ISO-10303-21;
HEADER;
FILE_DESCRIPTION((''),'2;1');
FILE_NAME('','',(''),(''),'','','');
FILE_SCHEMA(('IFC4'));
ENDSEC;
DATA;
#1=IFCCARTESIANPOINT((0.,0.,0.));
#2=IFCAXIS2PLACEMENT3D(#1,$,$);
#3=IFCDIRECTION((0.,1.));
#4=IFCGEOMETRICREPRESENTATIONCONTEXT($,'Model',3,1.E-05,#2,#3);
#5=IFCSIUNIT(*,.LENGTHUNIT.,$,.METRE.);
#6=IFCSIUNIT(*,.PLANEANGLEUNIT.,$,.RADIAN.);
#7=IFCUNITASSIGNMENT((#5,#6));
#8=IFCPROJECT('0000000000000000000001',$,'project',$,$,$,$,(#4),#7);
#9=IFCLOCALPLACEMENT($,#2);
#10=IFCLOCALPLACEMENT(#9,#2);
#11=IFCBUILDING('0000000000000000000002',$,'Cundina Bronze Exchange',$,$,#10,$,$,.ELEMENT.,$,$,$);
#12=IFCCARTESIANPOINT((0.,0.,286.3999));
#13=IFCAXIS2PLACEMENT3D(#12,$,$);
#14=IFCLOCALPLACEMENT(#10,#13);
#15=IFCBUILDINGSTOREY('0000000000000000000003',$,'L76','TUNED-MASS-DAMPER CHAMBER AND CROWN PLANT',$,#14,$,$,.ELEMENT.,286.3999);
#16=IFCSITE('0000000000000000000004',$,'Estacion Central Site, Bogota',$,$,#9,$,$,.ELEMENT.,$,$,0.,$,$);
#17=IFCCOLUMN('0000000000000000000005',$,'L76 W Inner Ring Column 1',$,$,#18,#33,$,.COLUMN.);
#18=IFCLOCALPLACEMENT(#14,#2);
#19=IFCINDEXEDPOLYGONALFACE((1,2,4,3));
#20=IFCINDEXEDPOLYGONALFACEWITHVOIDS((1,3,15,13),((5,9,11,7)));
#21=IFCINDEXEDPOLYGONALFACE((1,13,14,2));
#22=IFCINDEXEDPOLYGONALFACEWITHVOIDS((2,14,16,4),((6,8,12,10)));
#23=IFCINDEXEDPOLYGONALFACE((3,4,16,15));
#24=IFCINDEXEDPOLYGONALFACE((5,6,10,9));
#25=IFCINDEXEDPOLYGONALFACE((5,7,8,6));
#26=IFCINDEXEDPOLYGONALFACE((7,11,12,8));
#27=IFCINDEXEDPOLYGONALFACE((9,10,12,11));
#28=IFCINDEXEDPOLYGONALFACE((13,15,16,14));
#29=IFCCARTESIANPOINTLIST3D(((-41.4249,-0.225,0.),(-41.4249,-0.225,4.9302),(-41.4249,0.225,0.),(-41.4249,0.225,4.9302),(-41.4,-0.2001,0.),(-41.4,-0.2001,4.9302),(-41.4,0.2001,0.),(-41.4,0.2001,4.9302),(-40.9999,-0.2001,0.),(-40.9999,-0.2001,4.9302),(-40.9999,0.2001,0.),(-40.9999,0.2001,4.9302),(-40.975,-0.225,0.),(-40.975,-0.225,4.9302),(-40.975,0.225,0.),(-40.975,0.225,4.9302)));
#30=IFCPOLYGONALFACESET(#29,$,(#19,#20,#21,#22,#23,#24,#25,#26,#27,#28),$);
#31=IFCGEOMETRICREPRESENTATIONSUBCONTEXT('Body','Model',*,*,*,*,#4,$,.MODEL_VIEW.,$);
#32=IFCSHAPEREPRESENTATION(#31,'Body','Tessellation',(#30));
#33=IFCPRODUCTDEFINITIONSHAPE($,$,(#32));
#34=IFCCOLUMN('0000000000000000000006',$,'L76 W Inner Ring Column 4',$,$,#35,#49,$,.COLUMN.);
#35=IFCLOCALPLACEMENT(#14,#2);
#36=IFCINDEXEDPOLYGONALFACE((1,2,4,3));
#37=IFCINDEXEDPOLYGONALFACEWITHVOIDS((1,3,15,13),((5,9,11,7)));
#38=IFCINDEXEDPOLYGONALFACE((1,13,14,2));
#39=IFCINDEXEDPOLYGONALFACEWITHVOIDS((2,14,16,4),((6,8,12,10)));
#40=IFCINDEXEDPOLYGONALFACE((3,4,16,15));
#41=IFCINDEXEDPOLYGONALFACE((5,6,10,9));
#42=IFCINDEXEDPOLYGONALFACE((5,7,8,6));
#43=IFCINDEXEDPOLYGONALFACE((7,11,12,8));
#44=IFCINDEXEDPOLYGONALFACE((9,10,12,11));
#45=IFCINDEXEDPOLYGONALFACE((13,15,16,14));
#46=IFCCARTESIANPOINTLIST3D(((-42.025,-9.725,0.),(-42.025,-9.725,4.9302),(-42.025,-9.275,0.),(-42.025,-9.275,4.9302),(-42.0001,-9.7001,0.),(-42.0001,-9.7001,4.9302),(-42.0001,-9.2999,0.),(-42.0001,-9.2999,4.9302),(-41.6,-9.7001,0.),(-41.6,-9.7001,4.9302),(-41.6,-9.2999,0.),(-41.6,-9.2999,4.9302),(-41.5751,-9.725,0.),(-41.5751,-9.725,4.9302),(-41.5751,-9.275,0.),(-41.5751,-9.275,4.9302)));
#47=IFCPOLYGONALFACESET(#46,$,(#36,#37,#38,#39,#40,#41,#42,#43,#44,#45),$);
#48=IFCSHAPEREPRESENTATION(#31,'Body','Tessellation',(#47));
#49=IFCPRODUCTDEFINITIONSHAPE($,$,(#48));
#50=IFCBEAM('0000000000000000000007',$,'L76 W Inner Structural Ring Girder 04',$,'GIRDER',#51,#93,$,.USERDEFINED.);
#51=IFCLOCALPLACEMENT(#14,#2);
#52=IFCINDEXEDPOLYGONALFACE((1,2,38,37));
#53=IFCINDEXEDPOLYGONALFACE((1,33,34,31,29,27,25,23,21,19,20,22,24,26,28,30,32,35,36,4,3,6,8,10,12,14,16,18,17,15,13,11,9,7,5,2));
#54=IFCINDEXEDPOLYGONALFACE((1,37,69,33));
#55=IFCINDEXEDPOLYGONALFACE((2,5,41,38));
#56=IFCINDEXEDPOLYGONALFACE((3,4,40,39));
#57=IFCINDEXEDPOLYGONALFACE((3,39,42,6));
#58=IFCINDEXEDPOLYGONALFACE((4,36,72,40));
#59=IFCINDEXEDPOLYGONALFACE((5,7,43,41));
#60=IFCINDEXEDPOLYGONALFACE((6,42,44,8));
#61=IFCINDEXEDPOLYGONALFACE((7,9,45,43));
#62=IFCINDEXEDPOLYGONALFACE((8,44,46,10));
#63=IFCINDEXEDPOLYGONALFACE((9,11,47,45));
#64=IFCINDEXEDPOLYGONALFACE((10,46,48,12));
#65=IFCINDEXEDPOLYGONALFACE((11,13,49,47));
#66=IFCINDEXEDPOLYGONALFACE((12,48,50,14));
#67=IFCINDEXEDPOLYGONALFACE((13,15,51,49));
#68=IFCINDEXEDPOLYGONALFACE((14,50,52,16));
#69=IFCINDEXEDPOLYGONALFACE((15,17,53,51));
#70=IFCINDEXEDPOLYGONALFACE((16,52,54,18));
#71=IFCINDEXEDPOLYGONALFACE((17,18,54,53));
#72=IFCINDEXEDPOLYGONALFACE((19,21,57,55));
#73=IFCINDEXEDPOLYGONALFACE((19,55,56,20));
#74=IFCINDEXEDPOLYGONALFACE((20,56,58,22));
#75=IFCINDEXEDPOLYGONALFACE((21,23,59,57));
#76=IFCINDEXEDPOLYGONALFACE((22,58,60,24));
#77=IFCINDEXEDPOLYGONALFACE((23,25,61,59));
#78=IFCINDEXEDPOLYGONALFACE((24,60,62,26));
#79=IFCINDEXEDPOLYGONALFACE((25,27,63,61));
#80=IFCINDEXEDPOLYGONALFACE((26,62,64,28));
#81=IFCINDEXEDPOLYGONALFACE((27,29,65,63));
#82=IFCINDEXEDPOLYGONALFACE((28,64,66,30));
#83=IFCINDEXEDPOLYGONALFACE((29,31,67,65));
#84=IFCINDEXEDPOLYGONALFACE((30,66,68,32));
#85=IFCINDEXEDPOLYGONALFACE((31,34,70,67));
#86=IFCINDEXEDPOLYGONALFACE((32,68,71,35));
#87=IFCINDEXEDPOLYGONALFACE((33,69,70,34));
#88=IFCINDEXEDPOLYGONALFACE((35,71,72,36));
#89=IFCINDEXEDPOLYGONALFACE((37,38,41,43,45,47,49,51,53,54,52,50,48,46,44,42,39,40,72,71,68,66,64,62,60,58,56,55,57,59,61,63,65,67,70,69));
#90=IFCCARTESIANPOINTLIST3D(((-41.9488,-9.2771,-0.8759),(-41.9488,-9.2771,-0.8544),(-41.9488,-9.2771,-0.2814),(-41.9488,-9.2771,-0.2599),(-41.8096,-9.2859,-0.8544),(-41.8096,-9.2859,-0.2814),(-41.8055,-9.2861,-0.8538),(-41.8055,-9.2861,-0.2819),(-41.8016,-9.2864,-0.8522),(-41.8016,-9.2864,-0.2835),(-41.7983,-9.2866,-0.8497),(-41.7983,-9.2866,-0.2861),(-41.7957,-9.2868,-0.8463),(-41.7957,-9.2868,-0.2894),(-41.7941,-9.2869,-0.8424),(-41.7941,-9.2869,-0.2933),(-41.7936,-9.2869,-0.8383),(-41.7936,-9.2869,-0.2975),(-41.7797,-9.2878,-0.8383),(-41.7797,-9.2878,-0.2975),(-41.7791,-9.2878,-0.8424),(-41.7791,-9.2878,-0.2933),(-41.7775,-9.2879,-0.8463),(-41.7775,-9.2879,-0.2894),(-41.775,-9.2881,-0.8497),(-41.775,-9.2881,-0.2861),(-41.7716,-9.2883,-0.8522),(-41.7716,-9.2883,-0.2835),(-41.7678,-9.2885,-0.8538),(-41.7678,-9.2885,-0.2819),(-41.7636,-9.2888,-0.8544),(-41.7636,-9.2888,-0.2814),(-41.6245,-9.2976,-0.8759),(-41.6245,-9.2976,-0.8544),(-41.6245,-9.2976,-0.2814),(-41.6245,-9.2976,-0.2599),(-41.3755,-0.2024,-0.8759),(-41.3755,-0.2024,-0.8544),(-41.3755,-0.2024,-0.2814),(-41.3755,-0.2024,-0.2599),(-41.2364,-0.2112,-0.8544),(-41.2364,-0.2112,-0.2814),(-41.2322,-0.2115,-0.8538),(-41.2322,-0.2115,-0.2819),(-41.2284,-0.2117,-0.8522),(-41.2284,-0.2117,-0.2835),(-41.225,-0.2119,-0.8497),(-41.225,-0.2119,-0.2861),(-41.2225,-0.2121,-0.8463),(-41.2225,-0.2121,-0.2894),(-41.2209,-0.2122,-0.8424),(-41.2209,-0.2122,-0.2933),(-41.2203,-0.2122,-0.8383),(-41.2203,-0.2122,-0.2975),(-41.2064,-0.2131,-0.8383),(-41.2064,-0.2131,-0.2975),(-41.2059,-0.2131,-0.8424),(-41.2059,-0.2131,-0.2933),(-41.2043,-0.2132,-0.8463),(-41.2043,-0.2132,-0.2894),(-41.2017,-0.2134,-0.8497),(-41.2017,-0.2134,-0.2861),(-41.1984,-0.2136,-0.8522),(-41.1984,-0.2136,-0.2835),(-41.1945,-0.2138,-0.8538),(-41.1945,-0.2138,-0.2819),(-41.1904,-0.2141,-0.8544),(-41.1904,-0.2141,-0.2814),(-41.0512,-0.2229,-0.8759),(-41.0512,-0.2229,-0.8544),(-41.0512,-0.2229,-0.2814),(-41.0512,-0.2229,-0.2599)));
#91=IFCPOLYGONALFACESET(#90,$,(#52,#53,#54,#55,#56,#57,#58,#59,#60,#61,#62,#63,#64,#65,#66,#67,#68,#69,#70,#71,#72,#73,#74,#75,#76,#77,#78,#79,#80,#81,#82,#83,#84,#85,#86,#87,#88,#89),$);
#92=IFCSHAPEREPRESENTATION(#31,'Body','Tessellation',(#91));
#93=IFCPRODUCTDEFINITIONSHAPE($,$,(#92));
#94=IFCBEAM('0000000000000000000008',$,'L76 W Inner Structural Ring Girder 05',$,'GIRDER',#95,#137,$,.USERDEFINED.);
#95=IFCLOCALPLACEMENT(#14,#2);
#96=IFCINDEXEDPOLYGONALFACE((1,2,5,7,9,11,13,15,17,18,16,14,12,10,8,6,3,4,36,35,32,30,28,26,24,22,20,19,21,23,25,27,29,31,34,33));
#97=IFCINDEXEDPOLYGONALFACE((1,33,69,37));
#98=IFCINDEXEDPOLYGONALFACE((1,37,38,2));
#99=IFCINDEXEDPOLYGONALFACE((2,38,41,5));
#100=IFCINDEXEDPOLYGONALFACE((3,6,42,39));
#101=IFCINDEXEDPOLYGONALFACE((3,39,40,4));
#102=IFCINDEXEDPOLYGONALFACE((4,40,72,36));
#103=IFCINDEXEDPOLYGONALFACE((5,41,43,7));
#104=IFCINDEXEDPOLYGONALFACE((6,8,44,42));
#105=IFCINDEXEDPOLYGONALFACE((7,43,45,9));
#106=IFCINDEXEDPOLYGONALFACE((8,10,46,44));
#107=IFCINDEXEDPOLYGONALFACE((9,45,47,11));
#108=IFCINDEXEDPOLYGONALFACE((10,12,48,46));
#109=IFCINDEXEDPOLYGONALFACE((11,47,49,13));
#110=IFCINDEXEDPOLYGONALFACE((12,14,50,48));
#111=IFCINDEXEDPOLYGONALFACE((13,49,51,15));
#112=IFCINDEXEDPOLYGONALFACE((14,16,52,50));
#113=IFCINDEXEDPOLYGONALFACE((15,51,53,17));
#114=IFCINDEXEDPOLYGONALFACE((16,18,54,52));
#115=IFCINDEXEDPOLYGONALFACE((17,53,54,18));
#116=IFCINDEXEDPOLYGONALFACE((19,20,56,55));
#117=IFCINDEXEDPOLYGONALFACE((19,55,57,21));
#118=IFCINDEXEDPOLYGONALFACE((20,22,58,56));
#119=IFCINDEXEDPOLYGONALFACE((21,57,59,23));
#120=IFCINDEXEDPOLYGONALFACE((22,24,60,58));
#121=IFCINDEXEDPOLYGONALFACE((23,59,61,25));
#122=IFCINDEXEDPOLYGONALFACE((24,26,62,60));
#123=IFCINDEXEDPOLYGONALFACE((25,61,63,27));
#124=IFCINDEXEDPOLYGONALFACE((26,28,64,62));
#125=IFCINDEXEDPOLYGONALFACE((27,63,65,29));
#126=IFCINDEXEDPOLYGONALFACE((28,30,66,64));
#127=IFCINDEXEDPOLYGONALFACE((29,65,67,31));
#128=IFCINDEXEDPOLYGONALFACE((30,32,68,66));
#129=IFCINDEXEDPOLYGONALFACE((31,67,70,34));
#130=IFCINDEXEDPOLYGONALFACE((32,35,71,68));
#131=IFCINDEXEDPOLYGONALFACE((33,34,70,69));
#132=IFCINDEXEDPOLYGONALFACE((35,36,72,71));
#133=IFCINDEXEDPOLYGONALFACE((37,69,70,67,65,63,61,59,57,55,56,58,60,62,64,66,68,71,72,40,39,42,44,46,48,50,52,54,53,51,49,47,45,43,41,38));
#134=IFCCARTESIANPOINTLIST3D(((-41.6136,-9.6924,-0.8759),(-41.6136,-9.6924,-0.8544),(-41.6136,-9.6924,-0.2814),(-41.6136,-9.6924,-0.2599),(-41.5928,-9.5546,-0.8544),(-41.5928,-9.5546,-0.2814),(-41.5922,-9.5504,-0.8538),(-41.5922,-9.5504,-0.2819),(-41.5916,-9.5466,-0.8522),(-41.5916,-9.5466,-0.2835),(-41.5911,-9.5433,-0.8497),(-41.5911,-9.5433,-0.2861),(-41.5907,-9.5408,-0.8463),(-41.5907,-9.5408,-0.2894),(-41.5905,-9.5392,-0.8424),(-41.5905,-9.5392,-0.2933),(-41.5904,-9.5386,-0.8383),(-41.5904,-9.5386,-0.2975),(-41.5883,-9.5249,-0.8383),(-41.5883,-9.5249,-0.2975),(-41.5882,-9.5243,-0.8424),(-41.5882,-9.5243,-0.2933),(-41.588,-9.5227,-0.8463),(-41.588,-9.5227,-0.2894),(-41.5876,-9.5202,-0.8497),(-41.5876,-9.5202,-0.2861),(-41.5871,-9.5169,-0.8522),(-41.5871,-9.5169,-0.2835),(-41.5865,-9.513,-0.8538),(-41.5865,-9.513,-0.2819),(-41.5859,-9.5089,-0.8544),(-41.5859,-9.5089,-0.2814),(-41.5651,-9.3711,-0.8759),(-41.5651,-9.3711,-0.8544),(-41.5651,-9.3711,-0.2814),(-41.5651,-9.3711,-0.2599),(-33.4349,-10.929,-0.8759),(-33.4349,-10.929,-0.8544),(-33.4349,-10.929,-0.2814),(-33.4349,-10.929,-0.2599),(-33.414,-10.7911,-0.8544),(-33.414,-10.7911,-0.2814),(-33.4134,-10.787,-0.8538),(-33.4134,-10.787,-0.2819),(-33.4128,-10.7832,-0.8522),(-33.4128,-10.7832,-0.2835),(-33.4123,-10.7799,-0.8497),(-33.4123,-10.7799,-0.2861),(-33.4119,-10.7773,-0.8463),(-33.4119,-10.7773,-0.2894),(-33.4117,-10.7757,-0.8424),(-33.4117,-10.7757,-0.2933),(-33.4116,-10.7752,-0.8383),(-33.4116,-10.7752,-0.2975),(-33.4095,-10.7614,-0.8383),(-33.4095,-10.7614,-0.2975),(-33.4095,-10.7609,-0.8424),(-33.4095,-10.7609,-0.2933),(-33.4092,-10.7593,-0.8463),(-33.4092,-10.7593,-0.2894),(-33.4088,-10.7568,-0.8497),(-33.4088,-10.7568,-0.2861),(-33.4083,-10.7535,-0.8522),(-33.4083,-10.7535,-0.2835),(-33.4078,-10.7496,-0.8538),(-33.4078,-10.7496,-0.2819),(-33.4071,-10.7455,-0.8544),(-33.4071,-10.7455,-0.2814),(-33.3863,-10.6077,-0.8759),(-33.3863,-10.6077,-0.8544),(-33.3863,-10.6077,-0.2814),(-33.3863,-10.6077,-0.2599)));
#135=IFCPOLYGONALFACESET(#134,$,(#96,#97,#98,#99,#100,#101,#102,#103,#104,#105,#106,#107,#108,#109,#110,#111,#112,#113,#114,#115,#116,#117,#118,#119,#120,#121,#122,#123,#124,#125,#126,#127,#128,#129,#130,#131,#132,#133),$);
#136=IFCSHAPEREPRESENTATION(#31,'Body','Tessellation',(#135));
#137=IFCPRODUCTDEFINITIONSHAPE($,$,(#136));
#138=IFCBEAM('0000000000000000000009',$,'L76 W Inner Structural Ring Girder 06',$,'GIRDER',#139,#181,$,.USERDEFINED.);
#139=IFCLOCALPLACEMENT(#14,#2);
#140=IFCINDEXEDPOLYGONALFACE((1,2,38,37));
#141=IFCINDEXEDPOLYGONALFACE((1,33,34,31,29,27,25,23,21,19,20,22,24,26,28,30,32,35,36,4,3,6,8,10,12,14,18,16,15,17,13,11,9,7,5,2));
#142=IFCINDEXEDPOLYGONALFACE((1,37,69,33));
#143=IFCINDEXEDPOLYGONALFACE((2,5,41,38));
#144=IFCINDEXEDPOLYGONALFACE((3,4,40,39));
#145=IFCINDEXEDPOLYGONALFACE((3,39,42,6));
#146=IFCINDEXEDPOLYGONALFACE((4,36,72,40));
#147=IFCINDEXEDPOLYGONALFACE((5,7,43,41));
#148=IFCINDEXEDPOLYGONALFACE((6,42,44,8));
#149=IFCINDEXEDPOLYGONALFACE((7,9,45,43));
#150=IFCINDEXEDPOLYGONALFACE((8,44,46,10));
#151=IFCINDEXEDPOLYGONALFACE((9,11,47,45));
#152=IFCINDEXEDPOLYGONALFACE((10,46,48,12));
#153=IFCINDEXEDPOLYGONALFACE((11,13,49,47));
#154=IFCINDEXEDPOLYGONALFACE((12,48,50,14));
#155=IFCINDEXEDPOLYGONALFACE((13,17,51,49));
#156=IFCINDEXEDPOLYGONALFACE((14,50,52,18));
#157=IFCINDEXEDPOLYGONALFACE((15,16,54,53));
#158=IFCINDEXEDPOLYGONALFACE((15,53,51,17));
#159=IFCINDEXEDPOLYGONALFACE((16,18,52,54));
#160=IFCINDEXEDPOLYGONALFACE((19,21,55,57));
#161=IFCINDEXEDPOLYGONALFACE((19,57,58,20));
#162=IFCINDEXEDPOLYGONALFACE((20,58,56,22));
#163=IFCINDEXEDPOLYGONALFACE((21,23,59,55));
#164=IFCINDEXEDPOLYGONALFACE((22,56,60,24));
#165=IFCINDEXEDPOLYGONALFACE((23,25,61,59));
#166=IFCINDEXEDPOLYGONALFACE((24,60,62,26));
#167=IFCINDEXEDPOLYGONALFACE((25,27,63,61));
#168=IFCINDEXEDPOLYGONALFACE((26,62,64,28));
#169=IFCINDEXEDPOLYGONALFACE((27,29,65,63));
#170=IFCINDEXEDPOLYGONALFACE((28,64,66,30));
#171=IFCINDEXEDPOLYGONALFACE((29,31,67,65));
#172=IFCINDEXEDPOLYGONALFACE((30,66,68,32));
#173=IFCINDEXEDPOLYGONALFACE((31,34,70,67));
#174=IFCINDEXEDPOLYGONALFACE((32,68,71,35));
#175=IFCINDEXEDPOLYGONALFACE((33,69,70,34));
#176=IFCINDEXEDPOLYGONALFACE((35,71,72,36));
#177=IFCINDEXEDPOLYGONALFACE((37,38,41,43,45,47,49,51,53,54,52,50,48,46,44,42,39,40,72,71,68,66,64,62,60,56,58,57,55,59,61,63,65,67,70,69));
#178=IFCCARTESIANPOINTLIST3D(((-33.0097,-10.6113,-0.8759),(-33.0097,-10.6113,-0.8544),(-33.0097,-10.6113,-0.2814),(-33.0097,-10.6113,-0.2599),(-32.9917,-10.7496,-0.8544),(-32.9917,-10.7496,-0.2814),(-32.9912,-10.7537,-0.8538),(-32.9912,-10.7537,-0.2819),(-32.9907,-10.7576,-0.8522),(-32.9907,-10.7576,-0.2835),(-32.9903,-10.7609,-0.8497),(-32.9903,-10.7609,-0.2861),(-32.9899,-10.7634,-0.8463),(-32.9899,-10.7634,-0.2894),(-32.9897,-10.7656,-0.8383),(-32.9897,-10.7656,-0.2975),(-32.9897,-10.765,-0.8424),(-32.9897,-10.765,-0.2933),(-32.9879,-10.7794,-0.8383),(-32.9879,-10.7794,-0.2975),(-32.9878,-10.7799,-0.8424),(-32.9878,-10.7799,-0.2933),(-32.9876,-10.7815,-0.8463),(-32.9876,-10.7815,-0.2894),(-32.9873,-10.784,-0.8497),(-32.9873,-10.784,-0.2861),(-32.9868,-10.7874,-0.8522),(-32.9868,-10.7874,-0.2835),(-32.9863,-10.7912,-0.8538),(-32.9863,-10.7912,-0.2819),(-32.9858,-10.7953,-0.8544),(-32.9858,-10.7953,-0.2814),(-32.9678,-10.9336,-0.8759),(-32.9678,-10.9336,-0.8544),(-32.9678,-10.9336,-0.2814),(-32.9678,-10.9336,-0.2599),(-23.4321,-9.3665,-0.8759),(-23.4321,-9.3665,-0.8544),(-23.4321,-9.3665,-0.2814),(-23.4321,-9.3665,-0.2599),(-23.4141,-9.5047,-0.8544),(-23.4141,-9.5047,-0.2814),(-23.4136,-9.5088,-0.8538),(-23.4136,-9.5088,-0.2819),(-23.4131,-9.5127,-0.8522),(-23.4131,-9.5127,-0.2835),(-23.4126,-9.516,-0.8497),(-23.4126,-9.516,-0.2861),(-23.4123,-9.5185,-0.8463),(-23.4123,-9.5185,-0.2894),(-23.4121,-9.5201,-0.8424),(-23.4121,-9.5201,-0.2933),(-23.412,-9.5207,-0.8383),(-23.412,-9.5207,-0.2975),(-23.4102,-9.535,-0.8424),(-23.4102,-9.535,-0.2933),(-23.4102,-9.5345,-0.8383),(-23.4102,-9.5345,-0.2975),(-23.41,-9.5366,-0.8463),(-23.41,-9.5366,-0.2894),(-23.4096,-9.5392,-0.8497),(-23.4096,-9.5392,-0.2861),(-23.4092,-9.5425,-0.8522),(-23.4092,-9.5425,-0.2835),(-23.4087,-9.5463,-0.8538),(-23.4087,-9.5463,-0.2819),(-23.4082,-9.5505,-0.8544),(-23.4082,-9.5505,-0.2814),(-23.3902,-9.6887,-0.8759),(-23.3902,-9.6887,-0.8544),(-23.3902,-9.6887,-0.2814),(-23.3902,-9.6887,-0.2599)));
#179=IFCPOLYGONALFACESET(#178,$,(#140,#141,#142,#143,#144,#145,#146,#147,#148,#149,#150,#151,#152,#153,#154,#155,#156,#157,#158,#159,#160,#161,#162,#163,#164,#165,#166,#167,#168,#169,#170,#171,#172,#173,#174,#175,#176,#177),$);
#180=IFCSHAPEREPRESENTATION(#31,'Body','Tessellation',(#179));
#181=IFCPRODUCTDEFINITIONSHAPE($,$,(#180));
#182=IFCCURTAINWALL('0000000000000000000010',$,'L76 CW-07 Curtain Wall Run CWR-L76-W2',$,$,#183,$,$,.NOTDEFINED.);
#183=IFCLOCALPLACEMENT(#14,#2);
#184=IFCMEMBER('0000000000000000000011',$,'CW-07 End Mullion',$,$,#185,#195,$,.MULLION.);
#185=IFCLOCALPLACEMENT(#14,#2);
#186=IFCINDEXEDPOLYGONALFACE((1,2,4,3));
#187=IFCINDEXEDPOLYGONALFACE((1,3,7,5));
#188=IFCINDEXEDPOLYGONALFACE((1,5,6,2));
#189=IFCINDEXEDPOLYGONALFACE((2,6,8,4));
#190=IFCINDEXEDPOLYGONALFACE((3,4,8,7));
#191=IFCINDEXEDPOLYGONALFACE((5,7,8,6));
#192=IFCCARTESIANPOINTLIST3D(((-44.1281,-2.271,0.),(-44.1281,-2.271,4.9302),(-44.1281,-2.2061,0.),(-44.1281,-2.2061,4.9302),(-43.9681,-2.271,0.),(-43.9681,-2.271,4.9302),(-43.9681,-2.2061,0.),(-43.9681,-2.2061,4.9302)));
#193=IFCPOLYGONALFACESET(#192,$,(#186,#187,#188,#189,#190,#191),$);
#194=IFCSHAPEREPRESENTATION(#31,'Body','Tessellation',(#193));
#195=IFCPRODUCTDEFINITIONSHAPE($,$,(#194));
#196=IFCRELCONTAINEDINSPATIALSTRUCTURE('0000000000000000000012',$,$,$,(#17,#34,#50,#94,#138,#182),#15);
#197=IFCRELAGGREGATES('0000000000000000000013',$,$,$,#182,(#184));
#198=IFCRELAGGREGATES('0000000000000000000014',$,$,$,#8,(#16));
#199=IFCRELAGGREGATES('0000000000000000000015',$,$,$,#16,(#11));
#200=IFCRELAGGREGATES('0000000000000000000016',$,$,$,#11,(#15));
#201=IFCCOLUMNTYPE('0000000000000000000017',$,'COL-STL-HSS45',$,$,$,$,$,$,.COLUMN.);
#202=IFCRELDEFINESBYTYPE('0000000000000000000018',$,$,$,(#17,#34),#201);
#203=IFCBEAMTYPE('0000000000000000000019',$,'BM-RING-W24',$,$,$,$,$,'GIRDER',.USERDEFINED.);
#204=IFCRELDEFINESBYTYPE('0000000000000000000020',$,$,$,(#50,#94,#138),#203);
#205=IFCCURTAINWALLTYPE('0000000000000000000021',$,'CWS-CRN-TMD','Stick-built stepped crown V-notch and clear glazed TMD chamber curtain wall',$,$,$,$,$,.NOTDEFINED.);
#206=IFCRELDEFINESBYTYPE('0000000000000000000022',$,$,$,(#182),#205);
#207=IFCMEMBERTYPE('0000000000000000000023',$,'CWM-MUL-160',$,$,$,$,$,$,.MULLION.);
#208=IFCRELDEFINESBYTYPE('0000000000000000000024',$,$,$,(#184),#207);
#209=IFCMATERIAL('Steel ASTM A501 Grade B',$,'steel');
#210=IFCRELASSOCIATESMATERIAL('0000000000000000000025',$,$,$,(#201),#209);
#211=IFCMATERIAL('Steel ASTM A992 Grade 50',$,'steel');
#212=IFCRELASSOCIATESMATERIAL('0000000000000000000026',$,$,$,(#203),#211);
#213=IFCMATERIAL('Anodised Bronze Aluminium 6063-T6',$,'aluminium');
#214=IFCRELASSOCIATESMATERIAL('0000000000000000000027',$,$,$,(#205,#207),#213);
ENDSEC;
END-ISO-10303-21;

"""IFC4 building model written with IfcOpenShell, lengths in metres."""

from ifc_helpers import new_model, si_unit, direction, frame, origin, origin_2d, place, context, subcontext, project, spatial, rectangle, hollow_rectangle, i_section, extrude, material, material_profile, profile_set, type_object, element, aggregate, save


model = new_model("IFC4")

# Units and contexts
model_context = context("Model", 3, precision=1e-05, world=origin(), true_north=direction((0.0, 1.0)))
body_context = subcontext(model_context, "Body", "Model", "MODEL_VIEW")
ifc_project = project(units=[si_unit("LENGTHUNIT", "METRE"), si_unit("PLANEANGLEUNIT", "RADIAN")], contexts=[model_context])

# Site, building, storey
site_placement = place(None, origin())
site = spatial("IfcSite", under=ifc_project, at=site_placement, Name="Estacion Central Site, Bogota", CompositionType="ELEMENT", RefElevation=0.0)
building_placement = place(site_placement, origin())
building = spatial("IfcBuilding", under=site, at=building_placement, Name="Cundina Bronze Exchange", CompositionType="ELEMENT")
storey_placement = place(building_placement, frame((0.0, 0.0, 286.3999)))
storey = spatial("IfcBuildingStorey", under=building, at=storey_placement, Name="L76", Description="TUNED-MASS-DAMPER CHAMBER AND CROWN PLANT", CompositionType="ELEMENT", Elevation=286.3999)

# Columns
ifc_material_1 = material(Name="Steel ASTM A501 Grade B", Category="steel")
ifc_material_profile_1 = material_profile(ifc_material_1, hollow_rectangle(XDim=0.45, YDim=0.45, WallThickness=0.0249, at=origin_2d()), Name="HSS450X450X25", Category="steel")
ifc_profile_set_1 = profile_set([ifc_material_profile_1], Name="Steel ASTM A501 Grade B")
column_type = type_object("IfcColumnType", Name="COL-STL-HSS45", PredefinedType="COLUMN", material=ifc_profile_set_1)
for number, where, z_axis, x_axis, name in (
    (1, (-41.2, 0.0, 0.0), (0.0, 0.0, 1.0), (1.0, 0.0, 0.0), "L76 W Inner Ring Column 1"),
    (2, (-41.8, -9.5, 0.0), (0.0, 0.0, 1.0), (1.0, 0.0, 0.0), "L76 W Inner Ring Column 4"),
):
    element("IfcColumn", number, at=place(storey_placement, frame(where, z_axis=z_axis, x_axis=x_axis)), inside=storey, type_object=column_type, Name=name, PredefinedType="COLUMN", context=body_context, shape_type="SweptSolid", body=[
        extrude(hollow_rectangle(XDim=0.45, YDim=0.45, WallThickness=0.0249, at=origin_2d()), origin(), (0.0, 0.0, 1.0), 4.9302),
    ])

# Beams
ifc_material_2 = material(Name="Steel ASTM A992 Grade 50", Category="steel")
ifc_material_profile_2 = material_profile(ifc_material_2, i_section(OverallWidth=0.325, OverallDepth=0.616, WebThickness=0.0139, FlangeThickness=0.0215, FilletRadius=0.0161, at=origin_2d()), Name="W24X117", Category="steel")
ifc_profile_set_2 = profile_set([ifc_material_profile_2], Name="Steel ASTM A992 Grade 50")
beam_type = type_object("IfcBeamType", Name="BM-RING-W24", ElementType="GIRDER", PredefinedType="USERDEFINED", material=ifc_profile_set_2)
beam_1_placement = place(storey_placement, frame((-41.2134, -0.2126, -0.5679), z_axis=(-0.063044, -0.998011, 0.0), x_axis=(0.998011, -0.063044, 0.0)))
element("IfcBeam", 3, at=beam_1_placement, inside=storey, type_object=beam_type, Name="L76 W Inner Structural Ring Girder 04", ObjectType="GIRDER", PredefinedType="USERDEFINED", context=body_context, shape_type="SweptSolid", body=[
    extrude(i_section(OverallWidth=0.325, OverallDepth=0.616, WebThickness=0.0139, FlangeThickness=0.0215, FilletRadius=0.0161, at=origin_2d()), origin(), (0.0, 0.0, 1.0), 9.0928),
])
beam_2_placement = place(storey_placement, frame((-41.5894, -9.5317, -0.5679), z_axis=(0.988762, -0.149495, 0.0), x_axis=(0.149495, 0.988762, 0.0)))
element("IfcBeam", 4, at=beam_2_placement, inside=storey, type_object=beam_type, Name="L76 W Inner Structural Ring Girder 05", ObjectType="GIRDER", PredefinedType="USERDEFINED", context=body_context, shape_type="SweptSolid", body=[
    extrude(i_section(OverallWidth=0.325, OverallDepth=0.616, WebThickness=0.0139, FlangeThickness=0.0215, FilletRadius=0.0161, at=origin_2d()), origin(), (0.0, 0.0, 1.0), 8.2717),
])
beam_3_placement = place(storey_placement, frame((-32.9888, -10.7725, -0.5679), z_axis=(0.991659, 0.128893, 0.0), x_axis=(-0.128893, 0.991659, 0.0)))
element("IfcBeam", 5, at=beam_3_placement, inside=storey, type_object=beam_type, Name="L76 W Inner Structural Ring Girder 06", ObjectType="GIRDER", PredefinedType="USERDEFINED", context=body_context, shape_type="SweptSolid", body=[
    extrude(i_section(OverallWidth=0.325, OverallDepth=0.616, WebThickness=0.0139, FlangeThickness=0.0215, FilletRadius=0.0161, at=origin_2d()), origin(), (0.0, 0.0, 1.0), 9.6582),
])

# Curtain wall, member
ifc_material_3 = material(Name="Anodised Bronze Aluminium 6063-T6", Category="aluminium")
curtain_wall_type = type_object("IfcCurtainWallType", Name="CWS-CRN-TMD", Description="Stick-built stepped crown V-notch and clear glazed TMD chamber curtain wall", PredefinedType="NOTDEFINED", material=ifc_material_3)
curtain_wall_1_placement = place(storey_placement, origin())
curtain_wall_1 = element("IfcCurtainWall", 6, at=curtain_wall_1_placement, inside=storey, type_object=curtain_wall_type, Name="L76 CW-07 Curtain Wall Run CWR-L76-W2", PredefinedType="NOTDEFINED")
ifc_material_profile_3 = material_profile(ifc_material_3, rectangle(XDim=0.0649, YDim=0.1599, at=origin_2d()), Name="AL65X160", Category="aluminium")
ifc_profile_set_3 = profile_set([ifc_material_profile_3], Name="Anodised Bronze Aluminium 6063-T6")
member_type_1 = type_object("IfcMemberType", Name="CWM-MUL-160", PredefinedType="MULLION", material=ifc_profile_set_3)
member_1_placement = place(storey_placement, frame((-44.0481, -2.2385, 0.0), z_axis=(0.0, 0.0, 1.0), x_axis=(0.0, -1.0, 0.0)))
member_1 = element("IfcMember", 7, at=member_1_placement, type_object=member_type_1, Name="CW-07 End Mullion", PredefinedType="MULLION", context=body_context, shape_type="SweptSolid", body=[
    extrude(rectangle(XDim=0.0649, YDim=0.1599, at=origin_2d()), origin(), (0.0, 0.0, 1.0), 4.9302),
])

aggregate(curtain_wall_1, [member_1])

save(model, "model.ifc")
